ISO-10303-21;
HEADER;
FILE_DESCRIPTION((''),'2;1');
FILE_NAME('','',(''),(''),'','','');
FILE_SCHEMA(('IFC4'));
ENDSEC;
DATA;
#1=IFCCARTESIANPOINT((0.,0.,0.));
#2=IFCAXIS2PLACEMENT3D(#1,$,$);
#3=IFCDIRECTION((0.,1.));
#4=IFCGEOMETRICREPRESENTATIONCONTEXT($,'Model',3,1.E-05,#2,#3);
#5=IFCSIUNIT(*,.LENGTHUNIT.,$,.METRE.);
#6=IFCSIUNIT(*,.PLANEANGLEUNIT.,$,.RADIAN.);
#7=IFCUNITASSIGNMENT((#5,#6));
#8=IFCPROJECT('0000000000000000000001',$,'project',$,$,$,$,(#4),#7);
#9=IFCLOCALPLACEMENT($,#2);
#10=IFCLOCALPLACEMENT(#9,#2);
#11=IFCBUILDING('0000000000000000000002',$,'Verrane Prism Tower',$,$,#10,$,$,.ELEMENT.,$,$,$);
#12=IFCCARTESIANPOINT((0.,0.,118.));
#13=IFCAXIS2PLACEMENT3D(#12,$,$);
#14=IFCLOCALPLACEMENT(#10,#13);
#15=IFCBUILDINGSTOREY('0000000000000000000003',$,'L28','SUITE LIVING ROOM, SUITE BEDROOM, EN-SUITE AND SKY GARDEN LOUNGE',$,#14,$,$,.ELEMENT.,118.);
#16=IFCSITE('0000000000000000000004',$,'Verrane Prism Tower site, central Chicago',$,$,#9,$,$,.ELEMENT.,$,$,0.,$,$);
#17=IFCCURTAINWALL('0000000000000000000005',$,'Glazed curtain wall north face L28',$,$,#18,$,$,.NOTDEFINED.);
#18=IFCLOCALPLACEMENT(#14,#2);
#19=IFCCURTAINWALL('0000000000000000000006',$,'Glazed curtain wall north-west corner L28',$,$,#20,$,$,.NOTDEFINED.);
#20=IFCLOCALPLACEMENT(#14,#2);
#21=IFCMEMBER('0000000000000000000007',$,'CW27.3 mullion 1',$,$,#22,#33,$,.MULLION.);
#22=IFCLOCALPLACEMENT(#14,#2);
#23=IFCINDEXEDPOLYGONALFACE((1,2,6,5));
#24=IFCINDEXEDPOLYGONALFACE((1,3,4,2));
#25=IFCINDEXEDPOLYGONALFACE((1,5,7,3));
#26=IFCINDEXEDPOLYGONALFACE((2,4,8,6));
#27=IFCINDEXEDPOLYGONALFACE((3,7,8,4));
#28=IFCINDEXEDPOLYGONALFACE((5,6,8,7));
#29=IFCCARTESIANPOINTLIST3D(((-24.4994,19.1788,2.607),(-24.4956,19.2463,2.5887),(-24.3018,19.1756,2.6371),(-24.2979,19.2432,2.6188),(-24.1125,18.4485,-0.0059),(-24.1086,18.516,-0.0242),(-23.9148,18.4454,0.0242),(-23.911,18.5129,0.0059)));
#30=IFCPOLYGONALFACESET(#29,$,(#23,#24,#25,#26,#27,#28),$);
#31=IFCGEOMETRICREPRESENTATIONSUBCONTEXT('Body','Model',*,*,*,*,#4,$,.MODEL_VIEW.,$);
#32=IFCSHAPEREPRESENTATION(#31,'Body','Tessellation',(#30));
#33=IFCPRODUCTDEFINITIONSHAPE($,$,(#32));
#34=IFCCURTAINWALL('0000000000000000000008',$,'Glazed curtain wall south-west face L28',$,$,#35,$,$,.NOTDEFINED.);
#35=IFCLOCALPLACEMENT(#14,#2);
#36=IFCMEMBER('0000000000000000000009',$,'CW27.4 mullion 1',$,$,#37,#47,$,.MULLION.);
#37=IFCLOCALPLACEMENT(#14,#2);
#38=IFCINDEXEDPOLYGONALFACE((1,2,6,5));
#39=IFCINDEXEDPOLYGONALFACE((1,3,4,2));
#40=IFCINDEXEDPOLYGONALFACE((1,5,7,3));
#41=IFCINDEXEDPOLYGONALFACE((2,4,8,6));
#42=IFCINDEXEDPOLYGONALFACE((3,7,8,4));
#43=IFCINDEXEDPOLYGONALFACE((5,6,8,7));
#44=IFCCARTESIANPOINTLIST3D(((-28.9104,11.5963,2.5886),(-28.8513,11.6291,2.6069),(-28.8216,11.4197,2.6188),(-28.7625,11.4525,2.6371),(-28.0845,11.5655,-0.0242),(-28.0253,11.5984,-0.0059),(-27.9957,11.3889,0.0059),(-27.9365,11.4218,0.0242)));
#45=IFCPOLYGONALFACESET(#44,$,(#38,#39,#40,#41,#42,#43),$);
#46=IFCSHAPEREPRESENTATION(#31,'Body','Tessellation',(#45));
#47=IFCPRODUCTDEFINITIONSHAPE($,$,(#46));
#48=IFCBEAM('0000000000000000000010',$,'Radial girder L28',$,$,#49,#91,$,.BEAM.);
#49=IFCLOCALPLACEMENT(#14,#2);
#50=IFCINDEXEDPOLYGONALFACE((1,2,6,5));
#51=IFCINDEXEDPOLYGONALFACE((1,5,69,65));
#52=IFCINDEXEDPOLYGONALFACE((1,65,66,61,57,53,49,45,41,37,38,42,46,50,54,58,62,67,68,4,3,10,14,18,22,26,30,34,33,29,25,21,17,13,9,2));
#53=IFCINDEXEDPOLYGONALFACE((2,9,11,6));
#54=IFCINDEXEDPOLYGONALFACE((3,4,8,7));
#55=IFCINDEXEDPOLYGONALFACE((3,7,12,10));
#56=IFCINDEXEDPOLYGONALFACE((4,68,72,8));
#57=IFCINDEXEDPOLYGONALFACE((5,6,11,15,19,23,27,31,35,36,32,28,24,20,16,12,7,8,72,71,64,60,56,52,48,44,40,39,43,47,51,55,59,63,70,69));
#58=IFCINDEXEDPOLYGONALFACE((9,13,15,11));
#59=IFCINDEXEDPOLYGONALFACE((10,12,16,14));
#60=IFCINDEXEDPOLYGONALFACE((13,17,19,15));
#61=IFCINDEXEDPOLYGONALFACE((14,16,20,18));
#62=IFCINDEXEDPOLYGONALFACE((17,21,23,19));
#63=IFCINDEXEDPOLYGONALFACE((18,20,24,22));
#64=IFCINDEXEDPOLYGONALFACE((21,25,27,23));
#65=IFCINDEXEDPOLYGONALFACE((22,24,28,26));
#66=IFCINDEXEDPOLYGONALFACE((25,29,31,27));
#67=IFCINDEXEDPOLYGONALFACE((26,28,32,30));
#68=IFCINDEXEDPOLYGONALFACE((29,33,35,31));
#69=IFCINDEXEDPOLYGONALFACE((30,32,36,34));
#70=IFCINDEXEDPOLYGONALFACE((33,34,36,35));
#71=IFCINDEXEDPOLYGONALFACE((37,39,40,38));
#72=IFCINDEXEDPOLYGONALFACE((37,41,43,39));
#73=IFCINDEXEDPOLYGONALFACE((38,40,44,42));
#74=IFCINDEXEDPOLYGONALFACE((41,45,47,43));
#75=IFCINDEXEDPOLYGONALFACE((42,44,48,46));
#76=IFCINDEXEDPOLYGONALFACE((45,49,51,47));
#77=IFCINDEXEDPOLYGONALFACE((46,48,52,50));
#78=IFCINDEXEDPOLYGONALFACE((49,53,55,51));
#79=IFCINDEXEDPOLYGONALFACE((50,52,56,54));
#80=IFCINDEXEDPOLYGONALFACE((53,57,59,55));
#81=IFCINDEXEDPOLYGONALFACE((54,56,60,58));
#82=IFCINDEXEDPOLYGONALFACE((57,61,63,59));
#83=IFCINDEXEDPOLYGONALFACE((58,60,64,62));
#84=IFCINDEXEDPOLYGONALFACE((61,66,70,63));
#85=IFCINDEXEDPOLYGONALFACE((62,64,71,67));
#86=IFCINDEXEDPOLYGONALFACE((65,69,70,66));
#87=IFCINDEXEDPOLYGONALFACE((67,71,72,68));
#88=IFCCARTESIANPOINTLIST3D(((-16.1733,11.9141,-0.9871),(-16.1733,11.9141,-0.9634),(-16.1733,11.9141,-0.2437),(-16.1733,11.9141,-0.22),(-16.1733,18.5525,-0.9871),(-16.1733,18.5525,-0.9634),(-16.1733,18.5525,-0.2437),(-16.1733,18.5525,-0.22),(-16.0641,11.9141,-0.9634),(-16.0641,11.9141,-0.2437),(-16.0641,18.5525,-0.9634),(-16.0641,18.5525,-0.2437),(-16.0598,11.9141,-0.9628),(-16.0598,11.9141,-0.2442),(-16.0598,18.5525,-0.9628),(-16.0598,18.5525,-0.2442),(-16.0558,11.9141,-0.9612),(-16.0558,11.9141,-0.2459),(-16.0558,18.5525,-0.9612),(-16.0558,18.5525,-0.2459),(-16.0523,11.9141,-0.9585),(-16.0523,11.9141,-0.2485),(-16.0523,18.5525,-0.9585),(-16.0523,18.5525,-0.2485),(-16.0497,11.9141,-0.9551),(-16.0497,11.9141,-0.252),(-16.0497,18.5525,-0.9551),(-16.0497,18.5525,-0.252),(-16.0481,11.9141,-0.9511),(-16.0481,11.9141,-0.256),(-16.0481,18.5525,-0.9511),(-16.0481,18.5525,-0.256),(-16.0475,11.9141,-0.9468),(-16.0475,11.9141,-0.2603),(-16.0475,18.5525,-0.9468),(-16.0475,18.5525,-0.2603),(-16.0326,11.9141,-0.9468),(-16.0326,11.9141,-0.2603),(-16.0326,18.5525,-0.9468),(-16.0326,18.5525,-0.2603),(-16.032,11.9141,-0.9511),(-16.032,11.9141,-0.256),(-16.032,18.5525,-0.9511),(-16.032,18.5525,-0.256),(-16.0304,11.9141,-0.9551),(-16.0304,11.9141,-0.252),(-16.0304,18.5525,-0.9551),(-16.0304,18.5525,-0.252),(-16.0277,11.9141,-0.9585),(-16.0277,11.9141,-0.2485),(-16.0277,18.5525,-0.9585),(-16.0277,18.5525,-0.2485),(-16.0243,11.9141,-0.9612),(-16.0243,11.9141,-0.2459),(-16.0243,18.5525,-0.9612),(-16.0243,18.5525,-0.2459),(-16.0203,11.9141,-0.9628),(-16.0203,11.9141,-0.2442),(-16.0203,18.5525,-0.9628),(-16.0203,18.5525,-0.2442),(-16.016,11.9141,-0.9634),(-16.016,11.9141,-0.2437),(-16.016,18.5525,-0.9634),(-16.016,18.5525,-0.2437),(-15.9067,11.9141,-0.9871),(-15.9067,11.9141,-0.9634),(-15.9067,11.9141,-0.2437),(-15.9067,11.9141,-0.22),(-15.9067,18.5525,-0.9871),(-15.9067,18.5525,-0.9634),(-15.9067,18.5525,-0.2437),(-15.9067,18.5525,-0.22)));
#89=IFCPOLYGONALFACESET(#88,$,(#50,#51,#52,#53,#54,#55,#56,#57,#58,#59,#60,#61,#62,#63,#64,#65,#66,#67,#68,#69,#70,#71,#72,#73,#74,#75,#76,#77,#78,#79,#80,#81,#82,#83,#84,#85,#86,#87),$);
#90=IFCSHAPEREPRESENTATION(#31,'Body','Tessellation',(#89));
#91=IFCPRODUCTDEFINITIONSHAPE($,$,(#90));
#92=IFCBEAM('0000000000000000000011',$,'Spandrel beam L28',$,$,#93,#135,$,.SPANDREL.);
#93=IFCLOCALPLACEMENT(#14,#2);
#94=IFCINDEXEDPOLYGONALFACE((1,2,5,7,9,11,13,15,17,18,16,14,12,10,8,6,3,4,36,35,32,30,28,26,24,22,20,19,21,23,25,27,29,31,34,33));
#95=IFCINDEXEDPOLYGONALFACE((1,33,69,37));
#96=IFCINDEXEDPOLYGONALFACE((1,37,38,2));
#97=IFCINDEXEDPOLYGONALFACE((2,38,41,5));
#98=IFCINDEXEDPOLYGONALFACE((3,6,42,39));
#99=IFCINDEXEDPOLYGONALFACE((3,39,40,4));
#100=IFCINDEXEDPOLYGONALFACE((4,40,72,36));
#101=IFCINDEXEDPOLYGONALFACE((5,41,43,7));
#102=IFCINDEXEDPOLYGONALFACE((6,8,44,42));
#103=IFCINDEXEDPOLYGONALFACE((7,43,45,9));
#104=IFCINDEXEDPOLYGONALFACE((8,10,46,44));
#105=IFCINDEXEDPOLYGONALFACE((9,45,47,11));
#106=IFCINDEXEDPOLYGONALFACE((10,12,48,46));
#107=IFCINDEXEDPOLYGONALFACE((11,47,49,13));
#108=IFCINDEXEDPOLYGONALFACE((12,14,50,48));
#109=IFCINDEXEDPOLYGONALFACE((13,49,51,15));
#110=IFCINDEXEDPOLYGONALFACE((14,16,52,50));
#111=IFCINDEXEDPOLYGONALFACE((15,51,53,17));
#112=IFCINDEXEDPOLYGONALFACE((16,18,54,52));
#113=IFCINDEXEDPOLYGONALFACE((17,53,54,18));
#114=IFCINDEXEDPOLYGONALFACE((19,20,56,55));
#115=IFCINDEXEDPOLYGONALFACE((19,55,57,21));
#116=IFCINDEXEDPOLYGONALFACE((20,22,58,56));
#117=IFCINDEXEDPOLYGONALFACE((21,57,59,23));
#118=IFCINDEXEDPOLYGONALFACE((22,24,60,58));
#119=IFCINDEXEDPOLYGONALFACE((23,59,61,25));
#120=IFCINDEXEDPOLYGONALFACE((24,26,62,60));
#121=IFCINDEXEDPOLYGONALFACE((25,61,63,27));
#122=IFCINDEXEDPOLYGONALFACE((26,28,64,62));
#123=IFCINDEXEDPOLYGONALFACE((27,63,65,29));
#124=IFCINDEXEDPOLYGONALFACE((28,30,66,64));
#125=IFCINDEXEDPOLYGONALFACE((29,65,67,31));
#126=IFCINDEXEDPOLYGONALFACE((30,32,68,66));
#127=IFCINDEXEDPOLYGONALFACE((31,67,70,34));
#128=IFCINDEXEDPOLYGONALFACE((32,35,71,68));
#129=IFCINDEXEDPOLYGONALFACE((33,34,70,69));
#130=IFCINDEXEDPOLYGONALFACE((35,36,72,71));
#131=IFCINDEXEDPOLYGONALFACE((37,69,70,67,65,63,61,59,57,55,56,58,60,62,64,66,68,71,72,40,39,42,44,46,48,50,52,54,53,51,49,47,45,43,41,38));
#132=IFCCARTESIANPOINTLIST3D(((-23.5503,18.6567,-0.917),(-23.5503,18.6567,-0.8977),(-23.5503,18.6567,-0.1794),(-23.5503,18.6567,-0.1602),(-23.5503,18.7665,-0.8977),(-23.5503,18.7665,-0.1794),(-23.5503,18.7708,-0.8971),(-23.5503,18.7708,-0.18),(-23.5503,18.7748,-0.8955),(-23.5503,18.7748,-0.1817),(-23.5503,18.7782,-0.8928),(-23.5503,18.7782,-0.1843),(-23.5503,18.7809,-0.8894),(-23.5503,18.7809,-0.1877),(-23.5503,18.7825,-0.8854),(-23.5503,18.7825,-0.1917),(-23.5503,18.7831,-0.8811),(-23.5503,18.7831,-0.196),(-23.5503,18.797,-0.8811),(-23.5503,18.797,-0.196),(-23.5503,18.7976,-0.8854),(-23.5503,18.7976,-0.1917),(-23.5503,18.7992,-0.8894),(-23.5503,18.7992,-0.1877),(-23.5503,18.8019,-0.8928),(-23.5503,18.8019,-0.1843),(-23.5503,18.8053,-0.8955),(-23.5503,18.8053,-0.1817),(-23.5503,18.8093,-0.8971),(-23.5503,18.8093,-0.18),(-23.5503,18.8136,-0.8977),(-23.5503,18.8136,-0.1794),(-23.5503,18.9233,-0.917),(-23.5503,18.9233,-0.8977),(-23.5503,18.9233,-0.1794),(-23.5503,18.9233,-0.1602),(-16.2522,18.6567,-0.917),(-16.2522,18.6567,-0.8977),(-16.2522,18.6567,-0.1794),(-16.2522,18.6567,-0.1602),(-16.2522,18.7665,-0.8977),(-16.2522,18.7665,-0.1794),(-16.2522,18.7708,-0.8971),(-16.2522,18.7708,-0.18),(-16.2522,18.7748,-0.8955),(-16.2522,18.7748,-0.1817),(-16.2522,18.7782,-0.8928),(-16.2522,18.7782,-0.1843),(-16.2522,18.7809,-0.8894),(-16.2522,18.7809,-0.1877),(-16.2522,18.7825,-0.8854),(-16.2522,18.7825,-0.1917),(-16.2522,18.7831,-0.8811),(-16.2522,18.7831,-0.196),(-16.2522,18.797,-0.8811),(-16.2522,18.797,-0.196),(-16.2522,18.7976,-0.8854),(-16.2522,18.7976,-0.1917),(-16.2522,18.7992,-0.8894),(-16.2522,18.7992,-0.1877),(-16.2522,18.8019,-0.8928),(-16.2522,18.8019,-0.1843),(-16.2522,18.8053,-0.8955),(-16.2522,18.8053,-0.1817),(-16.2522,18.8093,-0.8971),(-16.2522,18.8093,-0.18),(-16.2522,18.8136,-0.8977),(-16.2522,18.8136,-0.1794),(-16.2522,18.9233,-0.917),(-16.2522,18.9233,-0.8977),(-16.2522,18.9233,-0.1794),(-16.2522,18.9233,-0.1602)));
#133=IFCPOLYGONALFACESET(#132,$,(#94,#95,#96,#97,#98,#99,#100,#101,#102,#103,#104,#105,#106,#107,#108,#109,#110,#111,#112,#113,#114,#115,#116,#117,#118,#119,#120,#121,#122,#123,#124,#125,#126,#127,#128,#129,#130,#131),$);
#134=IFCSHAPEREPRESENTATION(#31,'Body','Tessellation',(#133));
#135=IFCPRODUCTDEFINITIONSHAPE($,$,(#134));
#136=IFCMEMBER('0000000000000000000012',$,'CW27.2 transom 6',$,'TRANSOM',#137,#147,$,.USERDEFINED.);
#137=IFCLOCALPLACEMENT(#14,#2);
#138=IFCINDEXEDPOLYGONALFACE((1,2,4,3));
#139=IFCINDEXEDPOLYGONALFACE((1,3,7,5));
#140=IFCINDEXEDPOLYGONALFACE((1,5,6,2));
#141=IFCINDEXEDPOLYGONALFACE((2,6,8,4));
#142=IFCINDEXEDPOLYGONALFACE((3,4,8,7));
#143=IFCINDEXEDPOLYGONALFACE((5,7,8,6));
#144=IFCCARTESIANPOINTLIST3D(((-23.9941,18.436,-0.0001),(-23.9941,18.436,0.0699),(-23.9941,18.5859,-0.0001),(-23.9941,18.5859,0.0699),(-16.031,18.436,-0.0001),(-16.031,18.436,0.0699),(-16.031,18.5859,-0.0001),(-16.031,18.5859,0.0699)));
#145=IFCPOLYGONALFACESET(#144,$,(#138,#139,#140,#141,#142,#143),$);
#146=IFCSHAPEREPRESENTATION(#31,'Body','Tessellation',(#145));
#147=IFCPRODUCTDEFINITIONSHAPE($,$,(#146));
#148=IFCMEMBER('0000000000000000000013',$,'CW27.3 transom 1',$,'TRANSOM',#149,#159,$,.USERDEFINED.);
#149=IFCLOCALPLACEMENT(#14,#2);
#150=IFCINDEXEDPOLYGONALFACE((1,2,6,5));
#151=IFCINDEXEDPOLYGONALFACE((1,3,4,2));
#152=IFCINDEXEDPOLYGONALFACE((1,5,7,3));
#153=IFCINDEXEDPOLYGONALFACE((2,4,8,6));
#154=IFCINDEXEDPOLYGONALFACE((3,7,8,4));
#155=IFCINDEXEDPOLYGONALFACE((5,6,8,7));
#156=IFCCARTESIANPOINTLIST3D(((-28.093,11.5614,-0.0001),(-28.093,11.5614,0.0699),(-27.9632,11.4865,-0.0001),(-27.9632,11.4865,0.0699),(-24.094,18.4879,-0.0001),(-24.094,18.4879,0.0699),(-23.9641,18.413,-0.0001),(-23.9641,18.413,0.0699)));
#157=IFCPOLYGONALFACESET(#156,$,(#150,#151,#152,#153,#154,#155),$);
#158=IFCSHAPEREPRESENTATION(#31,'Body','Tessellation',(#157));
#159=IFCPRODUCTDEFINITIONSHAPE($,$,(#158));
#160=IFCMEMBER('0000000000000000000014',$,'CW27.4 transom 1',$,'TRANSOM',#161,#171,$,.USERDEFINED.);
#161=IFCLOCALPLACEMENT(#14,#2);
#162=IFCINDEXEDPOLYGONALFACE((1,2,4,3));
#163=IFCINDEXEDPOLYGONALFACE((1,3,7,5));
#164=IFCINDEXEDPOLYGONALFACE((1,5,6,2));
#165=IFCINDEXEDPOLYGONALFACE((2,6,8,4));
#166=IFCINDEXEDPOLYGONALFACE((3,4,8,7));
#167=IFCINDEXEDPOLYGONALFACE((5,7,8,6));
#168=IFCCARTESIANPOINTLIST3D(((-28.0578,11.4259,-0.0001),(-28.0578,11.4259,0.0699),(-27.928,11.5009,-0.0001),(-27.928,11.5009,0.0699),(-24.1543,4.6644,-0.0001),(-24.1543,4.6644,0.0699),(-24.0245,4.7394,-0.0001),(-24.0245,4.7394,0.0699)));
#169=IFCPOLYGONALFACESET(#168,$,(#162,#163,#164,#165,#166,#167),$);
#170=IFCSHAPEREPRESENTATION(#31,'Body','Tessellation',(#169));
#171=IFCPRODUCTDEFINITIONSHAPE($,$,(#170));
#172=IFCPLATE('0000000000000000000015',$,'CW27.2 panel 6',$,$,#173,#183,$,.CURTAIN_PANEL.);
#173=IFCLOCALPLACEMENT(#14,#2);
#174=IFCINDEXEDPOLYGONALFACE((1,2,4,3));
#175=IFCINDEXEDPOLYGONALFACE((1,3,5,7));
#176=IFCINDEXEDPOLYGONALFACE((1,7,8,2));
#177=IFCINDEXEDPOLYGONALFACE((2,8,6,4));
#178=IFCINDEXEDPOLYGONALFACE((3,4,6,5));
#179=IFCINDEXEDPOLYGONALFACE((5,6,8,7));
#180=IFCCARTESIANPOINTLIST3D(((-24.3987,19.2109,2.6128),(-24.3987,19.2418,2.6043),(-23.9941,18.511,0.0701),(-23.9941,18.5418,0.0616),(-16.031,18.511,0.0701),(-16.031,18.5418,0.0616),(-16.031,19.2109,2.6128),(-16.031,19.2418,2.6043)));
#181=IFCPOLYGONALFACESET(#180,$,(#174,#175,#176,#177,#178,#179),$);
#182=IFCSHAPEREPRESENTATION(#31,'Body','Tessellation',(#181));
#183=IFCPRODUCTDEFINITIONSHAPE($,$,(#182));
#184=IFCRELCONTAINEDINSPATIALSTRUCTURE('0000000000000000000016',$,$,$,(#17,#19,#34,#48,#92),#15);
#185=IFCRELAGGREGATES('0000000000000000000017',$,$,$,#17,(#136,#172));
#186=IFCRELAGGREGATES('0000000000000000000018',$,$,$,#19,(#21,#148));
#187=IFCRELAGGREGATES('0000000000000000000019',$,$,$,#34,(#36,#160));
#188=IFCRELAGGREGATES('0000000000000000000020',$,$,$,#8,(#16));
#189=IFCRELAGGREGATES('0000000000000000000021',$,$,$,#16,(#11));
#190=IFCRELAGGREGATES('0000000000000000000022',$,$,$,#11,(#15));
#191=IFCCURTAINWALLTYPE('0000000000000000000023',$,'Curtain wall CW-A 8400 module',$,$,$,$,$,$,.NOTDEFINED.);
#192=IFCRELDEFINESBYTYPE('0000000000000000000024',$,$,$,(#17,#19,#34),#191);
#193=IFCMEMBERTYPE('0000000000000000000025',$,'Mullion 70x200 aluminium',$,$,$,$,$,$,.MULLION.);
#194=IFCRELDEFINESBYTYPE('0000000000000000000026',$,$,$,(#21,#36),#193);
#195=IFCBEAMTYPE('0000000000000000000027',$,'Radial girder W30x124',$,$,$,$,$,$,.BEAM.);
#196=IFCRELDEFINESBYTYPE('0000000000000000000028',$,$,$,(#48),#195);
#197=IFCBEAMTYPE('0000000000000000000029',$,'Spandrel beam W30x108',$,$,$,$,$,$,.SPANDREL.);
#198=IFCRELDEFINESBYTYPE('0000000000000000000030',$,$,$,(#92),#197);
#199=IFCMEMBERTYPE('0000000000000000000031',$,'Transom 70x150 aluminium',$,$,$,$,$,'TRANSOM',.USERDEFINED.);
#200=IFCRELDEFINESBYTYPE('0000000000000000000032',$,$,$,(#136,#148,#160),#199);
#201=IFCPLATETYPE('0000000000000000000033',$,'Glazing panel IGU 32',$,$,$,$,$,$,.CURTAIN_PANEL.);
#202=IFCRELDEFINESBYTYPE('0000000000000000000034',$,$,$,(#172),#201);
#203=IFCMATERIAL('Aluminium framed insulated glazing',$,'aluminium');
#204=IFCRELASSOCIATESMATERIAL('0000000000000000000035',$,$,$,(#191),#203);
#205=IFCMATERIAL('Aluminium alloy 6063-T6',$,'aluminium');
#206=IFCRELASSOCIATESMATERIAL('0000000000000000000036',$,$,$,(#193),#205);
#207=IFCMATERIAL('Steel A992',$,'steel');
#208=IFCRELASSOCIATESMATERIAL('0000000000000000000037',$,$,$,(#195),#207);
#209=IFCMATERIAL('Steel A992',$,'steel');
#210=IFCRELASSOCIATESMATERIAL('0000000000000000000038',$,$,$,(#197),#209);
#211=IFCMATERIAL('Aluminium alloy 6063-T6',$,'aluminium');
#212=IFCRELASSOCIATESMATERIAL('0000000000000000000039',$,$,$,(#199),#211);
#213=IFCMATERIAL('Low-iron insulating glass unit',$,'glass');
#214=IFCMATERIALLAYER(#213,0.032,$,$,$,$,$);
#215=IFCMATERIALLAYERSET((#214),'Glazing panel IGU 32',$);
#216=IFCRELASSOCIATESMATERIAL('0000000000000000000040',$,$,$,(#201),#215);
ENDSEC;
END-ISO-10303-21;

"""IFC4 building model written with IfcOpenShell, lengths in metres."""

from ifc_helpers import new_model, si_unit, direction, frame, origin, origin_2d, place, context, subcontext, project, spatial, polyline, rectangle, i_section, outline, extrude, material, layer, layer_set, material_profile, profile_set, type_object, element, aggregate, save


model = new_model("IFC4")

# Units and contexts
model_context = context("Model", 3, precision=1e-05, world=origin(), true_north=direction((0.0, 1.0)))
body_context = subcontext(model_context, "Body", "Model", "MODEL_VIEW")
ifc_project = project(units=[si_unit("LENGTHUNIT", "METRE"), si_unit("PLANEANGLEUNIT", "RADIAN")], contexts=[model_context])

# Site, building, storey
site_placement = place(None, origin())
site = spatial("IfcSite", under=ifc_project, at=site_placement, Name="Verrane Prism Tower site, central Chicago", CompositionType="ELEMENT", RefElevation=0.0)
building_placement = place(site_placement, origin())
building = spatial("IfcBuilding", under=site, at=building_placement, Name="Verrane Prism Tower", CompositionType="ELEMENT")
storey_placement = place(building_placement, frame((0.0, 0.0, 118.0)))
storey = spatial("IfcBuildingStorey", under=building, at=storey_placement, Name="L28", Description="SUITE LIVING ROOM, SUITE BEDROOM, EN-SUITE AND SKY GARDEN LOUNGE", CompositionType="ELEMENT", Elevation=118.0)

# Curtain walls, members
ifc_material_1 = material(Name="Aluminium framed insulated glazing", Category="aluminium")
curtain_wall_type = type_object("IfcCurtainWallType", Name="Curtain wall CW-A 8400 module", PredefinedType="NOTDEFINED", material=ifc_material_1)
curtain_wall_1_placement = place(storey_placement, origin())
curtain_wall_1 = element("IfcCurtainWall", 1, at=curtain_wall_1_placement, inside=storey, type_object=curtain_wall_type, Name="Glazed curtain wall north face L28", PredefinedType="NOTDEFINED")
ifc_material_2 = material(Name="Aluminium alloy 6063-T6", Category="aluminium")
ifc_material_profile_1 = material_profile(ifc_material_2, rectangle(XDim=0.2, YDim=0.0701, at=origin_2d()), Name="Mullion 70x200 aluminium")
ifc_profile_set_1 = profile_set([ifc_material_profile_1], Name="Aluminium alloy 6063-T6")
member_type_1 = type_object("IfcMemberType", Name="Mullion 70x200 aluminium", PredefinedType="MULLION", material=ifc_profile_set_1)
curtain_wall_2_placement = place(storey_placement, origin())
curtain_wall_2 = element("IfcCurtainWall", 2, at=curtain_wall_2_placement, inside=storey, type_object=curtain_wall_type, Name="Glazed curtain wall north-west corner L28", PredefinedType="NOTDEFINED")
member_1_placement = place(storey_placement, frame((-24.0117, 18.4807, 0.0), z_axis=(-0.141208, 0.266469, 0.953444), x_axis=(-0.988442, 0.015719, -0.150784)))
member_1 = element("IfcMember", 3, at=member_1_placement, type_object=member_type_1, Name="CW27.3 mullion 1", PredefinedType="MULLION", context=body_context, shape_type="SweptSolid", body=[
    extrude(rectangle(XDim=0.2, YDim=0.0701, at=origin_2d()), origin(), (0.0, 0.0, 1.0), 2.7405),
])
curtain_wall_3_placement = place(storey_placement, origin())
curtain_wall_3 = element("IfcCurtainWall", 4, at=curtain_wall_3_placement, inside=storey, type_object=curtain_wall_type, Name="Glazed curtain wall south-west face L28", PredefinedType="NOTDEFINED")
member_2_placement = place(storey_placement, frame((-28.0105, 11.4937, 0.0), z_axis=(-0.30139, 0.011225, 0.953435), x_axis=(0.444153, -0.883169, 0.150799)))
member_2 = element("IfcMember", 5, at=member_2_placement, type_object=member_type_1, Name="CW27.4 mullion 1", PredefinedType="MULLION", context=body_context, shape_type="SweptSolid", body=[
    extrude(rectangle(XDim=0.2, YDim=0.0701, at=origin_2d()), origin(), (0.0, 0.0, 1.0), 2.7405),
])

# Beams
ifc_material_3 = material(Name="Steel A992", Category="steel")
ifc_material_profile_2 = material_profile(ifc_material_3, i_section(OverallWidth=0.2666, OverallDepth=0.7671, WebThickness=0.0149, FlangeThickness=0.0237, FilletRadius=0.0166, at=origin_2d()), Name="W30x124")
ifc_profile_set_2 = profile_set([ifc_material_profile_2], Name="Steel A992")
beam_type_1 = type_object("IfcBeamType", Name="Radial girder W30x124", PredefinedType="BEAM", material=ifc_profile_set_2)
beam_1_placement = place(storey_placement, frame((-16.04, 18.5525, -0.6035), z_axis=(0.0, -1.0, 0.0), x_axis=(1.0, 0.0, 0.0)))
element("IfcBeam", 6, at=beam_1_placement, inside=storey, type_object=beam_type_1, Name="Radial girder L28", PredefinedType="BEAM", context=body_context, shape_type="SweptSolid", body=[
    extrude(i_section(OverallWidth=0.2666, OverallDepth=0.7671, WebThickness=0.0149, FlangeThickness=0.0237, FilletRadius=0.0166, at=origin_2d()), origin(), (0.0, 0.0, 1.0), 6.6384),
])
ifc_material_4 = material(Name="Steel A992", Category="steel")
ifc_material_profile_3 = material_profile(ifc_material_4, i_section(OverallWidth=0.2666, OverallDepth=0.7568, WebThickness=0.0139, FlangeThickness=0.0193, FilletRadius=0.0166, at=origin_2d()), Name="W30x108")
ifc_profile_set_3 = profile_set([ifc_material_profile_3], Name="Steel A992")
beam_type_2 = type_object("IfcBeamType", Name="Spandrel beam W30x108", PredefinedType="SPANDREL", material=ifc_profile_set_3)
beam_2_placement = place(storey_placement, frame((-16.2522, 18.79, -0.5386), z_axis=(-1.0, 0.0, 0.0), x_axis=(0.0, -1.0, 0.0)))
element("IfcBeam", 7, at=beam_2_placement, inside=storey, type_object=beam_type_2, Name="Spandrel beam L28", PredefinedType="SPANDREL", context=body_context, shape_type="SweptSolid", body=[
    extrude(i_section(OverallWidth=0.2666, OverallDepth=0.7568, WebThickness=0.0139, FlangeThickness=0.0193, FilletRadius=0.0166, at=origin_2d()), origin(), (0.0, 0.0, 1.0), 7.2981),
])

# Members
ifc_material_5 = material(Name="Aluminium alloy 6063-T6", Category="aluminium")
ifc_material_profile_4 = material_profile(ifc_material_5, rectangle(XDim=0.1499, YDim=0.0701, at=origin_2d()), Name="Transom 70x150 aluminium")
ifc_profile_set_4 = profile_set([ifc_material_profile_4], Name="Aluminium alloy 6063-T6")
member_type_2 = type_object("IfcMemberType", Name="Transom 70x150 aluminium", ElementType="TRANSOM", PredefinedType="USERDEFINED", material=ifc_profile_set_4)
member_3_placement = place(storey_placement, frame((-16.031, 18.511, 0.0349), z_axis=(-1.0, 0.0, 0.0), x_axis=(0.0, -1.0, 0.0)))
member_3 = element("IfcMember", 8, at=member_3_placement, type_object=member_type_2, Name="CW27.2 transom 6", ObjectType="TRANSOM", PredefinedType="USERDEFINED", context=body_context, shape_type="SweptSolid", body=[
    extrude(rectangle(XDim=0.1499, YDim=0.0701, at=origin_2d()), origin(), (0.0, 0.0, 1.0), 7.9631),
])
member_4_placement = place(storey_placement, frame((-24.0291, 18.4504, 0.0349), z_axis=(-0.5, -0.866025, 0.0), x_axis=(0.866025, -0.5, 0.0)))
member_4 = element("IfcMember", 9, at=member_4_placement, type_object=member_type_2, Name="CW27.3 transom 1", ObjectType="TRANSOM", PredefinedType="USERDEFINED", context=body_context, shape_type="SweptSolid", body=[
    extrude(rectangle(XDim=0.1499, YDim=0.0701, at=origin_2d()), origin(), (0.0, 0.0, 1.0), 7.998),
])
member_5_placement = place(storey_placement, frame((-27.9929, 11.4634, 0.0349), z_axis=(0.499983, -0.866035, 0.0), x_axis=(0.866035, 0.499983, 0.0)))
member_5 = element("IfcMember", 10, at=member_5_placement, type_object=member_type_2, Name="CW27.4 transom 1", ObjectType="TRANSOM", PredefinedType="USERDEFINED", context=body_context, shape_type="SweptSolid", body=[
    extrude(rectangle(XDim=0.1499, YDim=0.0701, at=origin_2d()), origin(), (0.0, 0.0, 1.0), 7.8074),
])

# Plate
ifc_material_6 = material(Name="Low-iron insulating glass unit", Category="glass")
ifc_layer_1 = layer(ifc_material_6, 0.032)
ifc_layer_set_1 = layer_set([ifc_layer_1], Name="Glazing panel IGU 32")
plate_type = type_object("IfcPlateType", Name="Glazing panel IGU 32", PredefinedType="CURTAIN_PANEL", material=ifc_layer_set_1)
plate_1_placement = place(storey_placement, frame((-16.031, 18.511, 0.0701), z_axis=(0.0, -0.964137, 0.265404), x_axis=(-1.0, 0.0, 0.0)))
plate_1 = element("IfcPlate", 11, at=plate_1_placement, type_object=plate_type, Name="CW27.2 panel 6", PredefinedType="CURTAIN_PANEL", context=body_context, shape_type="SweptSolid", body=[
    extrude(outline(polyline([(0.0, 0.0), (7.9631, 0.0), (8.3677, -2.6373), (0.0, -2.6373), (0.0, 0.0)])), origin(), (0.0, 0.0, -1.0), 0.032),
])
aggregate(curtain_wall_1, [member_3, plate_1])
aggregate(curtain_wall_2, [member_1, member_4])
aggregate(curtain_wall_3, [member_2, member_5])

save(model, "model.ifc")
